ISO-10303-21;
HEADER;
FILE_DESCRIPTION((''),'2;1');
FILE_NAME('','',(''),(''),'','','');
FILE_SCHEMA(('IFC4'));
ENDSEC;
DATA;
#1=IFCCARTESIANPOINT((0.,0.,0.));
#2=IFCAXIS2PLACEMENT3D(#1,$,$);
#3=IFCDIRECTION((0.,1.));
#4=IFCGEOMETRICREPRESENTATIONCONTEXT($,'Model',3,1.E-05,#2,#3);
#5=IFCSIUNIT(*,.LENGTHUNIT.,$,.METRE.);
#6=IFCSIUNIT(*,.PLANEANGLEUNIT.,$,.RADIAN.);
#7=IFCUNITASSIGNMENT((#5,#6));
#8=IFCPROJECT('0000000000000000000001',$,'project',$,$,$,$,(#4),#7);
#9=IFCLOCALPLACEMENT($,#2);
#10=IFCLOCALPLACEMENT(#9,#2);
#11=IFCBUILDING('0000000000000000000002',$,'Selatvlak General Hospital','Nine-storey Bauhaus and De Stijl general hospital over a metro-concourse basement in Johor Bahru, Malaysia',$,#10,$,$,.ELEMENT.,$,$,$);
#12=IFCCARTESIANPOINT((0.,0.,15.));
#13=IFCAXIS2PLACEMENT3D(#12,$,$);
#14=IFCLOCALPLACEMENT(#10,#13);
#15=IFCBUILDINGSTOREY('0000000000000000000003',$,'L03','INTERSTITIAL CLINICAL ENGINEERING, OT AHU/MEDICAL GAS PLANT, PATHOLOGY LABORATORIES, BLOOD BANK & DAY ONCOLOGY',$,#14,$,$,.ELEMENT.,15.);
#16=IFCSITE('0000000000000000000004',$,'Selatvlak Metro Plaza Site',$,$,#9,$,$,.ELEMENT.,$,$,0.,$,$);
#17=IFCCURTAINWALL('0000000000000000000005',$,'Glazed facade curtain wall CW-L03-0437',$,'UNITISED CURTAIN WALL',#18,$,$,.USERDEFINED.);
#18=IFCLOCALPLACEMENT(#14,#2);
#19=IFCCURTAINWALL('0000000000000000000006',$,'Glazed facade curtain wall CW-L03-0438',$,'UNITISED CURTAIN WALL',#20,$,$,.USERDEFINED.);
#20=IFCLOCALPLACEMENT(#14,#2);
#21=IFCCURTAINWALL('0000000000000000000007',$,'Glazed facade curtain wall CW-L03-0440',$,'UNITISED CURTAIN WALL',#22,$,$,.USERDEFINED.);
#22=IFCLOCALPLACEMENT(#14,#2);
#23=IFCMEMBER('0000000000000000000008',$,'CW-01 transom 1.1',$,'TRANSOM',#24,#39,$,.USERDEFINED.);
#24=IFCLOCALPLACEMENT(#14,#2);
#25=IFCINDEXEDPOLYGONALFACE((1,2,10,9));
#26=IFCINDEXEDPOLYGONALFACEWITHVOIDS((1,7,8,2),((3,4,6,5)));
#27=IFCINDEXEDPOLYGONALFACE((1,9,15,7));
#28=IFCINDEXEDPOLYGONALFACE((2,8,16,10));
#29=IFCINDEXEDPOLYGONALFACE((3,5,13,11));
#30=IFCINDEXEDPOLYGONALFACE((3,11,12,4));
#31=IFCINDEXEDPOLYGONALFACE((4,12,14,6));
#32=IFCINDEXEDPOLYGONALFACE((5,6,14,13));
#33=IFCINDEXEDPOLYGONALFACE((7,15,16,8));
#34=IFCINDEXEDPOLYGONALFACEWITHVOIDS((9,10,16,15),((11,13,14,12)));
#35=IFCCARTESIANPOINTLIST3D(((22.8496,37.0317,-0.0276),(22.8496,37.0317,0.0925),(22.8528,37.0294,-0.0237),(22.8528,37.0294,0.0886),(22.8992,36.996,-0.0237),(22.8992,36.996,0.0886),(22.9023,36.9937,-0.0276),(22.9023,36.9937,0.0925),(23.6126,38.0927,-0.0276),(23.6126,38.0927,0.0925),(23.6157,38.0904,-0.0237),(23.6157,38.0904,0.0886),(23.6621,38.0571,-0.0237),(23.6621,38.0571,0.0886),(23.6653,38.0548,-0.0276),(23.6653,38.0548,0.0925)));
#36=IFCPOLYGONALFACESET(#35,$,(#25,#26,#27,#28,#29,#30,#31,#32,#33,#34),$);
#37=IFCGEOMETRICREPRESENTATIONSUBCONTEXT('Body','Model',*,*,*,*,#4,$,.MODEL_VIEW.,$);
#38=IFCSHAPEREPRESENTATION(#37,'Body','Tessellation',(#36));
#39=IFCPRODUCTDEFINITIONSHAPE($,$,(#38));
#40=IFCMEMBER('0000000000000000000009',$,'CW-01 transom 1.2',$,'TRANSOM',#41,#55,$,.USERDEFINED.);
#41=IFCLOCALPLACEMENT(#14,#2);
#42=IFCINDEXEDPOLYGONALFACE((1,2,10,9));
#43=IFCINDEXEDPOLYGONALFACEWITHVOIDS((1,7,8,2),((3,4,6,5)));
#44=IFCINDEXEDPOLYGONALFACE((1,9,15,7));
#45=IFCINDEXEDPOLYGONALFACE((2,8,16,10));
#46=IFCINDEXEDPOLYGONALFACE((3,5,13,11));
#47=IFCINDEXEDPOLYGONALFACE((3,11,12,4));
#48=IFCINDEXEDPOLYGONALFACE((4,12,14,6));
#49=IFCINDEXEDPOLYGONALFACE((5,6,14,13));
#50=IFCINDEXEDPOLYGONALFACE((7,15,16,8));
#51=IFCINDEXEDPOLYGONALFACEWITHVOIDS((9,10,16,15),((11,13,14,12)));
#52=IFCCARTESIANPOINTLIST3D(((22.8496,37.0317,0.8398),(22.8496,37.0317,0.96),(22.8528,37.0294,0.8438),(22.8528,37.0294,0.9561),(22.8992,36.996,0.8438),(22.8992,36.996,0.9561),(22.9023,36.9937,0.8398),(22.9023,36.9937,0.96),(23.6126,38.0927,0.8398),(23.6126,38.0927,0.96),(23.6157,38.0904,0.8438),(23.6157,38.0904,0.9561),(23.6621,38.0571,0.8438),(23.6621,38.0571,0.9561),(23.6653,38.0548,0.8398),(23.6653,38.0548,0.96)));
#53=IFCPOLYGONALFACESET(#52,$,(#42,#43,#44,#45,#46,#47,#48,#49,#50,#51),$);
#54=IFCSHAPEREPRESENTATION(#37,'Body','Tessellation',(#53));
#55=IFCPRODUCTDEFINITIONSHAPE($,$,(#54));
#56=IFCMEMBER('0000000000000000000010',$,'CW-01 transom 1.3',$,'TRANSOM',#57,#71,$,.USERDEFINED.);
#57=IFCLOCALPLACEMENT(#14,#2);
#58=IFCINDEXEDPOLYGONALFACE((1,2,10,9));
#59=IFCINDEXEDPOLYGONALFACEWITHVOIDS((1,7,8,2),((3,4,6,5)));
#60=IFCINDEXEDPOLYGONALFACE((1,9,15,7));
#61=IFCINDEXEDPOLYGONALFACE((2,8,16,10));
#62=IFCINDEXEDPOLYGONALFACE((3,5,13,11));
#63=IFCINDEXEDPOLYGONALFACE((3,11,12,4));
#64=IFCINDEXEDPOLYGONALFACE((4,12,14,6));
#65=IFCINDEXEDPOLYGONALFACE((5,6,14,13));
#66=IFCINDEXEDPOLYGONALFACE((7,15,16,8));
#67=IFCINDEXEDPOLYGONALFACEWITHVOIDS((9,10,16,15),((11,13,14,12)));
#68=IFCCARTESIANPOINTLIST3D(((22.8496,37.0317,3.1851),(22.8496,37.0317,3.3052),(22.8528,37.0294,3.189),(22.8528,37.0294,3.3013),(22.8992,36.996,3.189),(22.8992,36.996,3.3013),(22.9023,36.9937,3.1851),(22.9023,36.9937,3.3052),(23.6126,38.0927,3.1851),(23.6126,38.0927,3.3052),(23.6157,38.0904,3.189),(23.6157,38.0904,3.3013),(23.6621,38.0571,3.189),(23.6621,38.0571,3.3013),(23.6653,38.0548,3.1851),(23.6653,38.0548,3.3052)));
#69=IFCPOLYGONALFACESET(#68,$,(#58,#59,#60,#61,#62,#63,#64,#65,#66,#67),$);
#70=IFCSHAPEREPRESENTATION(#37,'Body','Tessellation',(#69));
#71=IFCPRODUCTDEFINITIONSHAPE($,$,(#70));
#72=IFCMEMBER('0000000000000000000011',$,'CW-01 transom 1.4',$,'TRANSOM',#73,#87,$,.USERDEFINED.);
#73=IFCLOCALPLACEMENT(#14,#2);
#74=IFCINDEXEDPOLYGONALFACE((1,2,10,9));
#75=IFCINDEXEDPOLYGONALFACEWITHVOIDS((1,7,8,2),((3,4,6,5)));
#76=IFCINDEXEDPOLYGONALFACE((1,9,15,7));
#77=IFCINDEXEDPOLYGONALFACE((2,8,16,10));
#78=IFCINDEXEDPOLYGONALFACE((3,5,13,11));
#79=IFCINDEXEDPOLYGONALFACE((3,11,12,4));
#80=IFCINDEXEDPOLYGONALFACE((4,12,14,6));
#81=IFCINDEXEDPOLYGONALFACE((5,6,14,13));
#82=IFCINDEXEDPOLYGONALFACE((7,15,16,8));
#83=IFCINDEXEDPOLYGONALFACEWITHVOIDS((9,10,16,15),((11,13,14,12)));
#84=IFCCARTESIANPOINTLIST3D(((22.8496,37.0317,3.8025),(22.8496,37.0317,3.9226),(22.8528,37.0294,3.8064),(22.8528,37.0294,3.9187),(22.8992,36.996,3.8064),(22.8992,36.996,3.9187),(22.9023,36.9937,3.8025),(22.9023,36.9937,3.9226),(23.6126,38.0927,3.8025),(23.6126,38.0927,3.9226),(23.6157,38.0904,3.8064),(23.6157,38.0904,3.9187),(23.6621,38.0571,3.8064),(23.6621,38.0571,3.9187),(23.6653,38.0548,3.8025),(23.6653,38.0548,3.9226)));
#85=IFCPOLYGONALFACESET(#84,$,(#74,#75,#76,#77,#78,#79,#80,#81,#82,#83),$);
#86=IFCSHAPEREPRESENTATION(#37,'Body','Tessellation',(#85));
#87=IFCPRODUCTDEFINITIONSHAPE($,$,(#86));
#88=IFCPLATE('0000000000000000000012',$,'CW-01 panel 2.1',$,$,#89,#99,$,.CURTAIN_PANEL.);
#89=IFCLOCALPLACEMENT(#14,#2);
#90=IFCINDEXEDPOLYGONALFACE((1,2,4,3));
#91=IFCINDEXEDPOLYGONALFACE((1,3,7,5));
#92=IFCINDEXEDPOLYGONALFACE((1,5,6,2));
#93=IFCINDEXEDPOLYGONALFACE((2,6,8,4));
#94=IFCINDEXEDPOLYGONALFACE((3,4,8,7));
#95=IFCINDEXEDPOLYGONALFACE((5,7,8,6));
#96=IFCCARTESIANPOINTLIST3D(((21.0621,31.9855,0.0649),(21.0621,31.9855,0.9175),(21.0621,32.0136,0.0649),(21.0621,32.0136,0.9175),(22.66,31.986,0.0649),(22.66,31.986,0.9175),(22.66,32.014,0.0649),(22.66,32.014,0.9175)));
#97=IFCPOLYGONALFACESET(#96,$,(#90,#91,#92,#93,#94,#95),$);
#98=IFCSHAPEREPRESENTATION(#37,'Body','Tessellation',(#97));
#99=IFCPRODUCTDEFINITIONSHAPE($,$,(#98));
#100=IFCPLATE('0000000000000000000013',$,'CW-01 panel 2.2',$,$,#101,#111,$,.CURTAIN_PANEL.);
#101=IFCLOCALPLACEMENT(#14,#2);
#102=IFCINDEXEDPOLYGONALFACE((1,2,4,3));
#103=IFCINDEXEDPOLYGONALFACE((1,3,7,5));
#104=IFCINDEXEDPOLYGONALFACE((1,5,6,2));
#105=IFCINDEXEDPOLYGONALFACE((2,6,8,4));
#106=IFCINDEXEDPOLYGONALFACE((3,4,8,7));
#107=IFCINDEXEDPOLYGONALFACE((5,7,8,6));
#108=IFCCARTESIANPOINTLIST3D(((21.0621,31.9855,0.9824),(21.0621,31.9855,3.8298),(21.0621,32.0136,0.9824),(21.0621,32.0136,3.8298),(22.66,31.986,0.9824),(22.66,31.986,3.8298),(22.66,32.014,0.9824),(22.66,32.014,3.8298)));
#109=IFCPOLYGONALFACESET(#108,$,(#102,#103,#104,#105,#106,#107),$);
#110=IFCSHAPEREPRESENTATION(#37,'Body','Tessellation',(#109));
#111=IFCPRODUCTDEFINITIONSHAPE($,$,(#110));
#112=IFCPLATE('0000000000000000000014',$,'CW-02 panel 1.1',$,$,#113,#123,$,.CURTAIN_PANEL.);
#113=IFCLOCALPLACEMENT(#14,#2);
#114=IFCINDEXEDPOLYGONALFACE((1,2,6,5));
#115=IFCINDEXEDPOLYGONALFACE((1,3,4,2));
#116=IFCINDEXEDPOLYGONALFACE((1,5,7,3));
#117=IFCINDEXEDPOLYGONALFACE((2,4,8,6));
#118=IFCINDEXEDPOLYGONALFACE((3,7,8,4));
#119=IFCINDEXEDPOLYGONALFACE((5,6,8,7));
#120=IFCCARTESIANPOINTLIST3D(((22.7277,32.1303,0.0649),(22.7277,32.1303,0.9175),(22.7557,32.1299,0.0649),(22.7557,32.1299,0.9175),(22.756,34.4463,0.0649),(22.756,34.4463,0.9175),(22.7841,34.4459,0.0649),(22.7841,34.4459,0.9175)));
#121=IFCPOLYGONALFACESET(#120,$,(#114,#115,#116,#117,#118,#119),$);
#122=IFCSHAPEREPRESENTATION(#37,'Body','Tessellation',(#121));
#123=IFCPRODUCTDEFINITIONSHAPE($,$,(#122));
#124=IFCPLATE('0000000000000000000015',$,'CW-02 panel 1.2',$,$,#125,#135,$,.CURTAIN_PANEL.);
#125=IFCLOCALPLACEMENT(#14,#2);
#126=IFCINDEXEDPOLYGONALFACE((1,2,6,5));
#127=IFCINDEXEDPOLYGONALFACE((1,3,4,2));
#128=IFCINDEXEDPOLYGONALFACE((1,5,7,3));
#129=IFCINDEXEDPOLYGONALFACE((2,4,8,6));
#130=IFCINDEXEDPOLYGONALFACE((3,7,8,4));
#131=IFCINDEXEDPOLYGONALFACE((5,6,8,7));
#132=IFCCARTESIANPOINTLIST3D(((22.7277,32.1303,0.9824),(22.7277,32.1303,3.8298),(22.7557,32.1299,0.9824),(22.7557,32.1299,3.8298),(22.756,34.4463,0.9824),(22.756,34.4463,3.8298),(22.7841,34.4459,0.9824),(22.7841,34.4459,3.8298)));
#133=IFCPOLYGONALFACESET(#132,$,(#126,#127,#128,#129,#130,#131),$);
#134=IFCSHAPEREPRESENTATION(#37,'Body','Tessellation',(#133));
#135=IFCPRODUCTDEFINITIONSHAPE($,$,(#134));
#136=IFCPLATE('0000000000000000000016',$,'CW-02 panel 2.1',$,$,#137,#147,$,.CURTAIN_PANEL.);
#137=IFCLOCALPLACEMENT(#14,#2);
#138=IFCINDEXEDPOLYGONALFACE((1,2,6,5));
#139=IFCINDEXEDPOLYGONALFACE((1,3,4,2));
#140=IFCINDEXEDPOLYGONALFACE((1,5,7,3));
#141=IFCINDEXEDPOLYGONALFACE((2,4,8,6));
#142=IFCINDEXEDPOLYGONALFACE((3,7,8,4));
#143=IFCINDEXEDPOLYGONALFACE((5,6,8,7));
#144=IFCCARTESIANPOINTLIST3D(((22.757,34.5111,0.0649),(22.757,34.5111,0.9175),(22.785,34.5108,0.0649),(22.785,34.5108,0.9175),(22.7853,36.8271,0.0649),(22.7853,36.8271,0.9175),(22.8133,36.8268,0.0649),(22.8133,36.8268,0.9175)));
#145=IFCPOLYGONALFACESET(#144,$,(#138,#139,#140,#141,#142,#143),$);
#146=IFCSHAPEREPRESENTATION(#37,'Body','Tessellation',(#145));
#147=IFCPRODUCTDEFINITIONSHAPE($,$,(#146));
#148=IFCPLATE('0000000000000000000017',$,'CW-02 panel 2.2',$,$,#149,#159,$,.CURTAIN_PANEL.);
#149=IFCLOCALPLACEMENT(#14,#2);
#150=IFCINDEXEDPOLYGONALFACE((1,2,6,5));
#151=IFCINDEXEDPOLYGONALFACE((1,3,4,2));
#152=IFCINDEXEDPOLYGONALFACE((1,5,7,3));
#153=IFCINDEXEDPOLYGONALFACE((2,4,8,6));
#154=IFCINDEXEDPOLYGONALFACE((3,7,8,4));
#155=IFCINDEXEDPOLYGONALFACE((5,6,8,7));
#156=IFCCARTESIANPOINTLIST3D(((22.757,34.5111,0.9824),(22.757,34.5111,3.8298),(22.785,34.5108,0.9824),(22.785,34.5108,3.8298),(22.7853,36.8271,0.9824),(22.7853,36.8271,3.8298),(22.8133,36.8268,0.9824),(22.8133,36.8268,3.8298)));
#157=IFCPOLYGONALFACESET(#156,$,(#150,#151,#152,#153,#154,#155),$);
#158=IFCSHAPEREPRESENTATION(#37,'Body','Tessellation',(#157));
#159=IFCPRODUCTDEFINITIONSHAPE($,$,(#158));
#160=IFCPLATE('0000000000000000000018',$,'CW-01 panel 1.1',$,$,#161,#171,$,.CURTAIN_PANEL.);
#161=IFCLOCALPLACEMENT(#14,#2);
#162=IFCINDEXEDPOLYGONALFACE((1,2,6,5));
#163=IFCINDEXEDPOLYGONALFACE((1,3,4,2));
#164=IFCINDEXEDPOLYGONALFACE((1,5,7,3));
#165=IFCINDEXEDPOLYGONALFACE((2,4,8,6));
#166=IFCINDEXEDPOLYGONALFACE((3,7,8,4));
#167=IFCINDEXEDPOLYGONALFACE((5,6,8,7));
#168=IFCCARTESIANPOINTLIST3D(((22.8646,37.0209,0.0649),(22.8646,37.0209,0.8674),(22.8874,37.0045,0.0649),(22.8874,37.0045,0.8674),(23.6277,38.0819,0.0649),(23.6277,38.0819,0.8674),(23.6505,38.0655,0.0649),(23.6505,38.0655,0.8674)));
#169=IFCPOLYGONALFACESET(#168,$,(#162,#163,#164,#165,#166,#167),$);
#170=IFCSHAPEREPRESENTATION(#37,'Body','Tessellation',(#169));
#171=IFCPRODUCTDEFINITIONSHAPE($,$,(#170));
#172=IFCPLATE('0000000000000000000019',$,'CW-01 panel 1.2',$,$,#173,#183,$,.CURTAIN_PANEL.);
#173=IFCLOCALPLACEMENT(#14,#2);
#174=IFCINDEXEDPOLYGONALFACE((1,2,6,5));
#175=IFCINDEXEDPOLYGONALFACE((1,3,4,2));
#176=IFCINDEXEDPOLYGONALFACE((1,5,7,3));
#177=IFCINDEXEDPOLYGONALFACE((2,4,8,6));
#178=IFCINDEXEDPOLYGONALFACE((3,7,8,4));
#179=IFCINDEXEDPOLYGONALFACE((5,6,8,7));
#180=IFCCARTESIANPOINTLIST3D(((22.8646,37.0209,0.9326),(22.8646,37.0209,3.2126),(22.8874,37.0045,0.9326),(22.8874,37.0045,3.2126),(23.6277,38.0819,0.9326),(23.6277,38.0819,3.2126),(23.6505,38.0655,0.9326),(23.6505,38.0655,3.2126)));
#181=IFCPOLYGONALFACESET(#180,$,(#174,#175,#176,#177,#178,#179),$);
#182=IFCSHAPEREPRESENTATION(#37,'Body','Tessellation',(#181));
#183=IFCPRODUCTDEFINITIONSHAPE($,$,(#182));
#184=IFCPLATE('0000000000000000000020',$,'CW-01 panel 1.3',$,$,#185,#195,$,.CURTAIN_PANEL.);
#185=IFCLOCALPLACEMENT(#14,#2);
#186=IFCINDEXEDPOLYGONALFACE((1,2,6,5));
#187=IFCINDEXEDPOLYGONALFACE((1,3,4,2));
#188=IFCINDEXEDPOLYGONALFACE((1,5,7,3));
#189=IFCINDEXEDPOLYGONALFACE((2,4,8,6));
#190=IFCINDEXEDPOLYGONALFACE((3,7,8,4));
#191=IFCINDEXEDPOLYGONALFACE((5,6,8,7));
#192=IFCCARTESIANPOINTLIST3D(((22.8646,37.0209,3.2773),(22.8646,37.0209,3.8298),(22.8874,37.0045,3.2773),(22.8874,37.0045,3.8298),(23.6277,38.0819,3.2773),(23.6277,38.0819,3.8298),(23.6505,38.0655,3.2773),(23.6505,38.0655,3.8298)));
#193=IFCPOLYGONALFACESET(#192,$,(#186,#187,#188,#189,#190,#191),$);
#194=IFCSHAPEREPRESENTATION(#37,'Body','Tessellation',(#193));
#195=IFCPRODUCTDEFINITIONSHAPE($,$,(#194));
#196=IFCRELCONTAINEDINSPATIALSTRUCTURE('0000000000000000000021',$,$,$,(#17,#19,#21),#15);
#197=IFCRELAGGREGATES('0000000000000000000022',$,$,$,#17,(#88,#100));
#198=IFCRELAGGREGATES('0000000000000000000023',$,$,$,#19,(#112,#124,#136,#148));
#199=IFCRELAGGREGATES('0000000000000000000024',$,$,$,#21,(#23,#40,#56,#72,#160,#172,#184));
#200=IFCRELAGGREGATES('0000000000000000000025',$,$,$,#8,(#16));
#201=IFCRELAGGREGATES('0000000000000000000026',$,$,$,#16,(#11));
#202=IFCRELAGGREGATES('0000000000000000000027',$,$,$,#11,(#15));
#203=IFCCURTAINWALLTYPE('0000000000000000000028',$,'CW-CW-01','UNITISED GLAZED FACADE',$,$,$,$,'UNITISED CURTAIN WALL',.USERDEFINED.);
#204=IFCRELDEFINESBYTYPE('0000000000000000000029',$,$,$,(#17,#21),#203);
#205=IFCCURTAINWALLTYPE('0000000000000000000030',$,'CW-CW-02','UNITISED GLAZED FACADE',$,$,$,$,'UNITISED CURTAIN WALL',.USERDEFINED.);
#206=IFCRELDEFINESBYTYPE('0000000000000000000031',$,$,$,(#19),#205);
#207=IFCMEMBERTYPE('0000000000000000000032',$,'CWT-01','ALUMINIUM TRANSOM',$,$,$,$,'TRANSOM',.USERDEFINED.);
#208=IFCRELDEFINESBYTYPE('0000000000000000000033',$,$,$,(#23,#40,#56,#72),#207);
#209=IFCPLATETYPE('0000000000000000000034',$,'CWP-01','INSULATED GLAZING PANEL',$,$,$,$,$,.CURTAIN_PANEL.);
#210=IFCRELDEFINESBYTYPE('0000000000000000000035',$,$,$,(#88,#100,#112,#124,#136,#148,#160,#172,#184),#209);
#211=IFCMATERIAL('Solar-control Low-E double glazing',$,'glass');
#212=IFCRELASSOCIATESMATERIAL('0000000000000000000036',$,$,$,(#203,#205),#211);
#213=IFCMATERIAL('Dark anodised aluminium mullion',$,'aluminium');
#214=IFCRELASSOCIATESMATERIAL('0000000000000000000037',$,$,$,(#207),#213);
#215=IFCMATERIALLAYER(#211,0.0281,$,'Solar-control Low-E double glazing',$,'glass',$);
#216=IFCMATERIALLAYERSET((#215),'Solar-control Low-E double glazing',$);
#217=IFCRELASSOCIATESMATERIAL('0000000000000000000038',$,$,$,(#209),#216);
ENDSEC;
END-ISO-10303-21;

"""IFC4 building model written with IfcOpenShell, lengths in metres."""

from ifc_helpers import new_model, si_unit, direction, frame, origin, origin_2d, place, context, subcontext, project, spatial, rectangle, hollow_rectangle, extrude, material, layer, layer_set, material_profile, profile_set, type_object, element, aggregate, save


model = new_model("IFC4")

# Units and contexts
model_context = context("Model", 3, precision=1e-05, world=origin(), true_north=direction((0.0, 1.0)))
body_context = subcontext(model_context, "Body", "Model", "MODEL_VIEW")
ifc_project = project(units=[si_unit("LENGTHUNIT", "METRE"), si_unit("PLANEANGLEUNIT", "RADIAN")], contexts=[model_context])

# Site, building, storey
site_placement = place(None, origin())
site = spatial("IfcSite", under=ifc_project, at=site_placement, Name="Selatvlak Metro Plaza Site", CompositionType="ELEMENT", RefElevation=0.0)
building_placement = place(site_placement, origin())
building = spatial("IfcBuilding", under=site, at=building_placement, Name="Selatvlak General Hospital", Description="Nine-storey Bauhaus and De Stijl general hospital over a metro-concourse basement in Johor Bahru, Malaysia", CompositionType="ELEMENT")
storey_placement = place(building_placement, frame((0.0, 0.0, 15.0)))
storey = spatial("IfcBuildingStorey", under=building, at=storey_placement, Name="L03", Description="INTERSTITIAL CLINICAL ENGINEERING, OT AHU/MEDICAL GAS PLANT, PATHOLOGY LABORATORIES, BLOOD BANK & DAY ONCOLOGY", CompositionType="ELEMENT", Elevation=15.0)

# Curtain wall
ifc_material_1 = material(Name="Solar-control Low-E double glazing", Category="glass")
curtain_wall_type_1 = type_object("IfcCurtainWallType", Name="CW-CW-01", Description="UNITISED GLAZED FACADE", ElementType="UNITISED CURTAIN WALL", PredefinedType="USERDEFINED", material=ifc_material_1)
curtain_wall_1_placement = place(storey_placement, origin())
curtain_wall_1 = element("IfcCurtainWall", 1, at=curtain_wall_1_placement, inside=storey, type_object=curtain_wall_type_1, Name="Glazed facade curtain wall CW-L03-0437", ObjectType="UNITISED CURTAIN WALL", PredefinedType="USERDEFINED")
ifc_material_2 = material(Name="Dark anodised aluminium mullion", Category="aluminium")

# Curtain wall
curtain_wall_type_2 = type_object("IfcCurtainWallType", Name="CW-CW-02", Description="UNITISED GLAZED FACADE", ElementType="UNITISED CURTAIN WALL", PredefinedType="USERDEFINED", material=ifc_material_1)
curtain_wall_2_placement = place(storey_placement, origin())
curtain_wall_2 = element("IfcCurtainWall", 2, at=curtain_wall_2_placement, inside=storey, type_object=curtain_wall_type_2, Name="Glazed facade curtain wall CW-L03-0438", ObjectType="UNITISED CURTAIN WALL", PredefinedType="USERDEFINED")

# Curtain wall
curtain_wall_3_placement = place(storey_placement, origin())
curtain_wall_3 = element("IfcCurtainWall", 3, at=curtain_wall_3_placement, inside=storey, type_object=curtain_wall_type_1, Name="Glazed facade curtain wall CW-L03-0440", ObjectType="UNITISED CURTAIN WALL", PredefinedType="USERDEFINED")

# Members
ifc_material_profile_1 = material_profile(ifc_material_2, hollow_rectangle(XDim=0.0649, YDim=0.1201, WallThickness=0.0039, at=origin_2d()), Name="AL-TRN 65x120x4")
ifc_profile_set_1 = profile_set([ifc_material_profile_1], Name="Dark anodised aluminium mullion")
member_type_1 = type_object("IfcMemberType", Name="CWT-01", Description="ALUMINIUM TRANSOM", ElementType="TRANSOM", PredefinedType="USERDEFINED", material=ifc_profile_set_1)
member_1_placement = place(storey_placement, frame((22.876, 37.0127, 0.0325), z_axis=(0.583798, 0.811899, 0.0), x_axis=(-0.811899, 0.583798, 0.0)))
member_1 = element("IfcMember", 4, at=member_1_placement, type_object=member_type_1, Name="CW-01 transom 1.1", ObjectType="TRANSOM", PredefinedType="USERDEFINED", context=body_context, shape_type="SweptSolid", body=[
    extrude(hollow_rectangle(XDim=0.0649, YDim=0.1201, WallThickness=0.0039, at=origin_2d()), origin(), (0.0, 0.0, 1.0), 1.3069),
])
member_2_placement = place(storey_placement, frame((22.876, 37.0127, 0.8999), z_axis=(0.583798, 0.811899, 0.0), x_axis=(-0.811899, 0.583798, 0.0)))
member_2 = element("IfcMember", 5, at=member_2_placement, type_object=member_type_1, Name="CW-01 transom 1.2", ObjectType="TRANSOM", PredefinedType="USERDEFINED", context=body_context, shape_type="SweptSolid", body=[
    extrude(hollow_rectangle(XDim=0.0649, YDim=0.1201, WallThickness=0.0039, at=origin_2d()), origin(), (0.0, 0.0, 1.0), 1.3069),
])
member_3_placement = place(storey_placement, frame((22.876, 37.0127, 3.2451), z_axis=(0.583798, 0.811899, 0.0), x_axis=(-0.811899, 0.583798, 0.0)))
member_3 = element("IfcMember", 6, at=member_3_placement, type_object=member_type_1, Name="CW-01 transom 1.3", ObjectType="TRANSOM", PredefinedType="USERDEFINED", context=body_context, shape_type="SweptSolid", body=[
    extrude(hollow_rectangle(XDim=0.0649, YDim=0.1201, WallThickness=0.0039, at=origin_2d()), origin(), (0.0, 0.0, 1.0), 1.3069),
])
member_4_placement = place(storey_placement, frame((22.876, 37.0127, 3.8625), z_axis=(0.583798, 0.811899, 0.0), x_axis=(-0.811899, 0.583798, 0.0)))
member_4 = element("IfcMember", 7, at=member_4_placement, type_object=member_type_1, Name="CW-01 transom 1.4", ObjectType="TRANSOM", PredefinedType="USERDEFINED", context=body_context, shape_type="SweptSolid", body=[
    extrude(hollow_rectangle(XDim=0.0649, YDim=0.1201, WallThickness=0.0039, at=origin_2d()), origin(), (0.0, 0.0, 1.0), 1.3069),
])

# Plates
ifc_layer_1 = layer(ifc_material_1, 0.0281, Name="Solar-control Low-E double glazing", Category="glass")
ifc_layer_set_1 = layer_set([ifc_layer_1], Name="Solar-control Low-E double glazing")
plate_type = type_object("IfcPlateType", Name="CWP-01", Description="INSULATED GLAZING PANEL", PredefinedType="CURTAIN_PANEL", material=ifc_layer_set_1)
plate_1_placement = place(storey_placement, frame((21.8611, 31.9998, 0.0649), z_axis=(0.0, 0.0, 1.0), x_axis=(1.0, 0.000295, 0.0)))
plate_1 = element("IfcPlate", 8, at=plate_1_placement, type_object=plate_type, Name="CW-01 panel 2.1", PredefinedType="CURTAIN_PANEL", context=body_context, shape_type="SweptSolid", body=[
    extrude(rectangle(XDim=1.5979, YDim=0.0281, at=origin_2d()), origin(), (0.0, 0.0, 1.0), 0.8525),
])
plate_2_placement = place(storey_placement, frame((21.8611, 31.9998, 0.9824), z_axis=(0.0, 0.0, 1.0), x_axis=(1.0, 0.000295, 0.0)))
plate_2 = element("IfcPlate", 9, at=plate_2_placement, type_object=plate_type, Name="CW-01 panel 2.2", PredefinedType="CURTAIN_PANEL", context=body_context, shape_type="SweptSolid", body=[
    extrude(rectangle(XDim=1.5979, YDim=0.0281, at=origin_2d()), origin(), (0.0, 0.0, 1.0), 2.8474),
])
aggregate(curtain_wall_1, [plate_1, plate_2])
plate_3_placement = place(storey_placement, frame((22.7559, 33.2881, 0.0649), z_axis=(0.0, 0.0, 1.0), x_axis=(0.012222, 0.999925, 0.0)))
plate_3 = element("IfcPlate", 10, at=plate_3_placement, type_object=plate_type, Name="CW-02 panel 1.1", PredefinedType="CURTAIN_PANEL", context=body_context, shape_type="SweptSolid", body=[
    extrude(rectangle(XDim=2.3162, YDim=0.0281, at=origin_2d()), origin(), (0.0, 0.0, 1.0), 0.8525),
])
plate_4_placement = place(storey_placement, frame((22.7559, 33.2881, 0.9824), z_axis=(0.0, 0.0, 1.0), x_axis=(0.012222, 0.999925, 0.0)))
plate_4 = element("IfcPlate", 11, at=plate_4_placement, type_object=plate_type, Name="CW-02 panel 1.2", PredefinedType="CURTAIN_PANEL", context=body_context, shape_type="SweptSolid", body=[
    extrude(rectangle(XDim=2.3162, YDim=0.0281, at=origin_2d()), origin(), (0.0, 0.0, 1.0), 2.8474),
])
plate_5_placement = place(storey_placement, frame((22.7852, 35.6689, 0.0649), z_axis=(0.0, 0.0, 1.0), x_axis=(0.012222, 0.999925, 0.0)))
plate_5 = element("IfcPlate", 12, at=plate_5_placement, type_object=plate_type, Name="CW-02 panel 2.1", PredefinedType="CURTAIN_PANEL", context=body_context, shape_type="SweptSolid", body=[
    extrude(rectangle(XDim=2.3162, YDim=0.0281, at=origin_2d()), origin(), (0.0, 0.0, 1.0), 0.8525),
])
plate_6_placement = place(storey_placement, frame((22.7852, 35.6689, 0.9824), z_axis=(0.0, 0.0, 1.0), x_axis=(0.012222, 0.999925, 0.0)))
plate_6 = element("IfcPlate", 13, at=plate_6_placement, type_object=plate_type, Name="CW-02 panel 2.2", PredefinedType="CURTAIN_PANEL", context=body_context, shape_type="SweptSolid", body=[
    extrude(rectangle(XDim=2.3162, YDim=0.0281, at=origin_2d()), origin(), (0.0, 0.0, 1.0), 2.8474),
])
aggregate(curtain_wall_2, [plate_3, plate_4, plate_5, plate_6])
plate_7_placement = place(storey_placement, frame((23.2576, 37.5432, 0.0649), z_axis=(0.0, 0.0, 1.0), x_axis=(0.583929, 0.811804, 0.0)))
plate_7 = element("IfcPlate", 14, at=plate_7_placement, type_object=plate_type, Name="CW-01 panel 1.1", PredefinedType="CURTAIN_PANEL", context=body_context, shape_type="SweptSolid", body=[
    extrude(rectangle(XDim=1.3069, YDim=0.0281, at=origin_2d()), origin(), (0.0, 0.0, 1.0), 0.8025),
])
plate_8_placement = place(storey_placement, frame((23.2576, 37.5432, 0.9326), z_axis=(0.0, 0.0, 1.0), x_axis=(0.583929, 0.811804, 0.0)))
plate_8 = element("IfcPlate", 15, at=plate_8_placement, type_object=plate_type, Name="CW-01 panel 1.2", PredefinedType="CURTAIN_PANEL", context=body_context, shape_type="SweptSolid", body=[
    extrude(rectangle(XDim=1.3069, YDim=0.0281, at=origin_2d()), origin(), (0.0, 0.0, 1.0), 2.28),
])
plate_9_placement = place(storey_placement, frame((23.2576, 37.5432, 3.2773), z_axis=(0.0, 0.0, 1.0), x_axis=(0.583929, 0.811804, 0.0)))
plate_9 = element("IfcPlate", 16, at=plate_9_placement, type_object=plate_type, Name="CW-01 panel 1.3", PredefinedType="CURTAIN_PANEL", context=body_context, shape_type="SweptSolid", body=[
    extrude(rectangle(XDim=1.3069, YDim=0.0281, at=origin_2d()), origin(), (0.0, 0.0, 1.0), 0.5525),
])
aggregate(curtain_wall_3, [member_1, member_2, member_3, member_4, plate_7, plate_8, plate_9])

save(model, "model.ifc")
